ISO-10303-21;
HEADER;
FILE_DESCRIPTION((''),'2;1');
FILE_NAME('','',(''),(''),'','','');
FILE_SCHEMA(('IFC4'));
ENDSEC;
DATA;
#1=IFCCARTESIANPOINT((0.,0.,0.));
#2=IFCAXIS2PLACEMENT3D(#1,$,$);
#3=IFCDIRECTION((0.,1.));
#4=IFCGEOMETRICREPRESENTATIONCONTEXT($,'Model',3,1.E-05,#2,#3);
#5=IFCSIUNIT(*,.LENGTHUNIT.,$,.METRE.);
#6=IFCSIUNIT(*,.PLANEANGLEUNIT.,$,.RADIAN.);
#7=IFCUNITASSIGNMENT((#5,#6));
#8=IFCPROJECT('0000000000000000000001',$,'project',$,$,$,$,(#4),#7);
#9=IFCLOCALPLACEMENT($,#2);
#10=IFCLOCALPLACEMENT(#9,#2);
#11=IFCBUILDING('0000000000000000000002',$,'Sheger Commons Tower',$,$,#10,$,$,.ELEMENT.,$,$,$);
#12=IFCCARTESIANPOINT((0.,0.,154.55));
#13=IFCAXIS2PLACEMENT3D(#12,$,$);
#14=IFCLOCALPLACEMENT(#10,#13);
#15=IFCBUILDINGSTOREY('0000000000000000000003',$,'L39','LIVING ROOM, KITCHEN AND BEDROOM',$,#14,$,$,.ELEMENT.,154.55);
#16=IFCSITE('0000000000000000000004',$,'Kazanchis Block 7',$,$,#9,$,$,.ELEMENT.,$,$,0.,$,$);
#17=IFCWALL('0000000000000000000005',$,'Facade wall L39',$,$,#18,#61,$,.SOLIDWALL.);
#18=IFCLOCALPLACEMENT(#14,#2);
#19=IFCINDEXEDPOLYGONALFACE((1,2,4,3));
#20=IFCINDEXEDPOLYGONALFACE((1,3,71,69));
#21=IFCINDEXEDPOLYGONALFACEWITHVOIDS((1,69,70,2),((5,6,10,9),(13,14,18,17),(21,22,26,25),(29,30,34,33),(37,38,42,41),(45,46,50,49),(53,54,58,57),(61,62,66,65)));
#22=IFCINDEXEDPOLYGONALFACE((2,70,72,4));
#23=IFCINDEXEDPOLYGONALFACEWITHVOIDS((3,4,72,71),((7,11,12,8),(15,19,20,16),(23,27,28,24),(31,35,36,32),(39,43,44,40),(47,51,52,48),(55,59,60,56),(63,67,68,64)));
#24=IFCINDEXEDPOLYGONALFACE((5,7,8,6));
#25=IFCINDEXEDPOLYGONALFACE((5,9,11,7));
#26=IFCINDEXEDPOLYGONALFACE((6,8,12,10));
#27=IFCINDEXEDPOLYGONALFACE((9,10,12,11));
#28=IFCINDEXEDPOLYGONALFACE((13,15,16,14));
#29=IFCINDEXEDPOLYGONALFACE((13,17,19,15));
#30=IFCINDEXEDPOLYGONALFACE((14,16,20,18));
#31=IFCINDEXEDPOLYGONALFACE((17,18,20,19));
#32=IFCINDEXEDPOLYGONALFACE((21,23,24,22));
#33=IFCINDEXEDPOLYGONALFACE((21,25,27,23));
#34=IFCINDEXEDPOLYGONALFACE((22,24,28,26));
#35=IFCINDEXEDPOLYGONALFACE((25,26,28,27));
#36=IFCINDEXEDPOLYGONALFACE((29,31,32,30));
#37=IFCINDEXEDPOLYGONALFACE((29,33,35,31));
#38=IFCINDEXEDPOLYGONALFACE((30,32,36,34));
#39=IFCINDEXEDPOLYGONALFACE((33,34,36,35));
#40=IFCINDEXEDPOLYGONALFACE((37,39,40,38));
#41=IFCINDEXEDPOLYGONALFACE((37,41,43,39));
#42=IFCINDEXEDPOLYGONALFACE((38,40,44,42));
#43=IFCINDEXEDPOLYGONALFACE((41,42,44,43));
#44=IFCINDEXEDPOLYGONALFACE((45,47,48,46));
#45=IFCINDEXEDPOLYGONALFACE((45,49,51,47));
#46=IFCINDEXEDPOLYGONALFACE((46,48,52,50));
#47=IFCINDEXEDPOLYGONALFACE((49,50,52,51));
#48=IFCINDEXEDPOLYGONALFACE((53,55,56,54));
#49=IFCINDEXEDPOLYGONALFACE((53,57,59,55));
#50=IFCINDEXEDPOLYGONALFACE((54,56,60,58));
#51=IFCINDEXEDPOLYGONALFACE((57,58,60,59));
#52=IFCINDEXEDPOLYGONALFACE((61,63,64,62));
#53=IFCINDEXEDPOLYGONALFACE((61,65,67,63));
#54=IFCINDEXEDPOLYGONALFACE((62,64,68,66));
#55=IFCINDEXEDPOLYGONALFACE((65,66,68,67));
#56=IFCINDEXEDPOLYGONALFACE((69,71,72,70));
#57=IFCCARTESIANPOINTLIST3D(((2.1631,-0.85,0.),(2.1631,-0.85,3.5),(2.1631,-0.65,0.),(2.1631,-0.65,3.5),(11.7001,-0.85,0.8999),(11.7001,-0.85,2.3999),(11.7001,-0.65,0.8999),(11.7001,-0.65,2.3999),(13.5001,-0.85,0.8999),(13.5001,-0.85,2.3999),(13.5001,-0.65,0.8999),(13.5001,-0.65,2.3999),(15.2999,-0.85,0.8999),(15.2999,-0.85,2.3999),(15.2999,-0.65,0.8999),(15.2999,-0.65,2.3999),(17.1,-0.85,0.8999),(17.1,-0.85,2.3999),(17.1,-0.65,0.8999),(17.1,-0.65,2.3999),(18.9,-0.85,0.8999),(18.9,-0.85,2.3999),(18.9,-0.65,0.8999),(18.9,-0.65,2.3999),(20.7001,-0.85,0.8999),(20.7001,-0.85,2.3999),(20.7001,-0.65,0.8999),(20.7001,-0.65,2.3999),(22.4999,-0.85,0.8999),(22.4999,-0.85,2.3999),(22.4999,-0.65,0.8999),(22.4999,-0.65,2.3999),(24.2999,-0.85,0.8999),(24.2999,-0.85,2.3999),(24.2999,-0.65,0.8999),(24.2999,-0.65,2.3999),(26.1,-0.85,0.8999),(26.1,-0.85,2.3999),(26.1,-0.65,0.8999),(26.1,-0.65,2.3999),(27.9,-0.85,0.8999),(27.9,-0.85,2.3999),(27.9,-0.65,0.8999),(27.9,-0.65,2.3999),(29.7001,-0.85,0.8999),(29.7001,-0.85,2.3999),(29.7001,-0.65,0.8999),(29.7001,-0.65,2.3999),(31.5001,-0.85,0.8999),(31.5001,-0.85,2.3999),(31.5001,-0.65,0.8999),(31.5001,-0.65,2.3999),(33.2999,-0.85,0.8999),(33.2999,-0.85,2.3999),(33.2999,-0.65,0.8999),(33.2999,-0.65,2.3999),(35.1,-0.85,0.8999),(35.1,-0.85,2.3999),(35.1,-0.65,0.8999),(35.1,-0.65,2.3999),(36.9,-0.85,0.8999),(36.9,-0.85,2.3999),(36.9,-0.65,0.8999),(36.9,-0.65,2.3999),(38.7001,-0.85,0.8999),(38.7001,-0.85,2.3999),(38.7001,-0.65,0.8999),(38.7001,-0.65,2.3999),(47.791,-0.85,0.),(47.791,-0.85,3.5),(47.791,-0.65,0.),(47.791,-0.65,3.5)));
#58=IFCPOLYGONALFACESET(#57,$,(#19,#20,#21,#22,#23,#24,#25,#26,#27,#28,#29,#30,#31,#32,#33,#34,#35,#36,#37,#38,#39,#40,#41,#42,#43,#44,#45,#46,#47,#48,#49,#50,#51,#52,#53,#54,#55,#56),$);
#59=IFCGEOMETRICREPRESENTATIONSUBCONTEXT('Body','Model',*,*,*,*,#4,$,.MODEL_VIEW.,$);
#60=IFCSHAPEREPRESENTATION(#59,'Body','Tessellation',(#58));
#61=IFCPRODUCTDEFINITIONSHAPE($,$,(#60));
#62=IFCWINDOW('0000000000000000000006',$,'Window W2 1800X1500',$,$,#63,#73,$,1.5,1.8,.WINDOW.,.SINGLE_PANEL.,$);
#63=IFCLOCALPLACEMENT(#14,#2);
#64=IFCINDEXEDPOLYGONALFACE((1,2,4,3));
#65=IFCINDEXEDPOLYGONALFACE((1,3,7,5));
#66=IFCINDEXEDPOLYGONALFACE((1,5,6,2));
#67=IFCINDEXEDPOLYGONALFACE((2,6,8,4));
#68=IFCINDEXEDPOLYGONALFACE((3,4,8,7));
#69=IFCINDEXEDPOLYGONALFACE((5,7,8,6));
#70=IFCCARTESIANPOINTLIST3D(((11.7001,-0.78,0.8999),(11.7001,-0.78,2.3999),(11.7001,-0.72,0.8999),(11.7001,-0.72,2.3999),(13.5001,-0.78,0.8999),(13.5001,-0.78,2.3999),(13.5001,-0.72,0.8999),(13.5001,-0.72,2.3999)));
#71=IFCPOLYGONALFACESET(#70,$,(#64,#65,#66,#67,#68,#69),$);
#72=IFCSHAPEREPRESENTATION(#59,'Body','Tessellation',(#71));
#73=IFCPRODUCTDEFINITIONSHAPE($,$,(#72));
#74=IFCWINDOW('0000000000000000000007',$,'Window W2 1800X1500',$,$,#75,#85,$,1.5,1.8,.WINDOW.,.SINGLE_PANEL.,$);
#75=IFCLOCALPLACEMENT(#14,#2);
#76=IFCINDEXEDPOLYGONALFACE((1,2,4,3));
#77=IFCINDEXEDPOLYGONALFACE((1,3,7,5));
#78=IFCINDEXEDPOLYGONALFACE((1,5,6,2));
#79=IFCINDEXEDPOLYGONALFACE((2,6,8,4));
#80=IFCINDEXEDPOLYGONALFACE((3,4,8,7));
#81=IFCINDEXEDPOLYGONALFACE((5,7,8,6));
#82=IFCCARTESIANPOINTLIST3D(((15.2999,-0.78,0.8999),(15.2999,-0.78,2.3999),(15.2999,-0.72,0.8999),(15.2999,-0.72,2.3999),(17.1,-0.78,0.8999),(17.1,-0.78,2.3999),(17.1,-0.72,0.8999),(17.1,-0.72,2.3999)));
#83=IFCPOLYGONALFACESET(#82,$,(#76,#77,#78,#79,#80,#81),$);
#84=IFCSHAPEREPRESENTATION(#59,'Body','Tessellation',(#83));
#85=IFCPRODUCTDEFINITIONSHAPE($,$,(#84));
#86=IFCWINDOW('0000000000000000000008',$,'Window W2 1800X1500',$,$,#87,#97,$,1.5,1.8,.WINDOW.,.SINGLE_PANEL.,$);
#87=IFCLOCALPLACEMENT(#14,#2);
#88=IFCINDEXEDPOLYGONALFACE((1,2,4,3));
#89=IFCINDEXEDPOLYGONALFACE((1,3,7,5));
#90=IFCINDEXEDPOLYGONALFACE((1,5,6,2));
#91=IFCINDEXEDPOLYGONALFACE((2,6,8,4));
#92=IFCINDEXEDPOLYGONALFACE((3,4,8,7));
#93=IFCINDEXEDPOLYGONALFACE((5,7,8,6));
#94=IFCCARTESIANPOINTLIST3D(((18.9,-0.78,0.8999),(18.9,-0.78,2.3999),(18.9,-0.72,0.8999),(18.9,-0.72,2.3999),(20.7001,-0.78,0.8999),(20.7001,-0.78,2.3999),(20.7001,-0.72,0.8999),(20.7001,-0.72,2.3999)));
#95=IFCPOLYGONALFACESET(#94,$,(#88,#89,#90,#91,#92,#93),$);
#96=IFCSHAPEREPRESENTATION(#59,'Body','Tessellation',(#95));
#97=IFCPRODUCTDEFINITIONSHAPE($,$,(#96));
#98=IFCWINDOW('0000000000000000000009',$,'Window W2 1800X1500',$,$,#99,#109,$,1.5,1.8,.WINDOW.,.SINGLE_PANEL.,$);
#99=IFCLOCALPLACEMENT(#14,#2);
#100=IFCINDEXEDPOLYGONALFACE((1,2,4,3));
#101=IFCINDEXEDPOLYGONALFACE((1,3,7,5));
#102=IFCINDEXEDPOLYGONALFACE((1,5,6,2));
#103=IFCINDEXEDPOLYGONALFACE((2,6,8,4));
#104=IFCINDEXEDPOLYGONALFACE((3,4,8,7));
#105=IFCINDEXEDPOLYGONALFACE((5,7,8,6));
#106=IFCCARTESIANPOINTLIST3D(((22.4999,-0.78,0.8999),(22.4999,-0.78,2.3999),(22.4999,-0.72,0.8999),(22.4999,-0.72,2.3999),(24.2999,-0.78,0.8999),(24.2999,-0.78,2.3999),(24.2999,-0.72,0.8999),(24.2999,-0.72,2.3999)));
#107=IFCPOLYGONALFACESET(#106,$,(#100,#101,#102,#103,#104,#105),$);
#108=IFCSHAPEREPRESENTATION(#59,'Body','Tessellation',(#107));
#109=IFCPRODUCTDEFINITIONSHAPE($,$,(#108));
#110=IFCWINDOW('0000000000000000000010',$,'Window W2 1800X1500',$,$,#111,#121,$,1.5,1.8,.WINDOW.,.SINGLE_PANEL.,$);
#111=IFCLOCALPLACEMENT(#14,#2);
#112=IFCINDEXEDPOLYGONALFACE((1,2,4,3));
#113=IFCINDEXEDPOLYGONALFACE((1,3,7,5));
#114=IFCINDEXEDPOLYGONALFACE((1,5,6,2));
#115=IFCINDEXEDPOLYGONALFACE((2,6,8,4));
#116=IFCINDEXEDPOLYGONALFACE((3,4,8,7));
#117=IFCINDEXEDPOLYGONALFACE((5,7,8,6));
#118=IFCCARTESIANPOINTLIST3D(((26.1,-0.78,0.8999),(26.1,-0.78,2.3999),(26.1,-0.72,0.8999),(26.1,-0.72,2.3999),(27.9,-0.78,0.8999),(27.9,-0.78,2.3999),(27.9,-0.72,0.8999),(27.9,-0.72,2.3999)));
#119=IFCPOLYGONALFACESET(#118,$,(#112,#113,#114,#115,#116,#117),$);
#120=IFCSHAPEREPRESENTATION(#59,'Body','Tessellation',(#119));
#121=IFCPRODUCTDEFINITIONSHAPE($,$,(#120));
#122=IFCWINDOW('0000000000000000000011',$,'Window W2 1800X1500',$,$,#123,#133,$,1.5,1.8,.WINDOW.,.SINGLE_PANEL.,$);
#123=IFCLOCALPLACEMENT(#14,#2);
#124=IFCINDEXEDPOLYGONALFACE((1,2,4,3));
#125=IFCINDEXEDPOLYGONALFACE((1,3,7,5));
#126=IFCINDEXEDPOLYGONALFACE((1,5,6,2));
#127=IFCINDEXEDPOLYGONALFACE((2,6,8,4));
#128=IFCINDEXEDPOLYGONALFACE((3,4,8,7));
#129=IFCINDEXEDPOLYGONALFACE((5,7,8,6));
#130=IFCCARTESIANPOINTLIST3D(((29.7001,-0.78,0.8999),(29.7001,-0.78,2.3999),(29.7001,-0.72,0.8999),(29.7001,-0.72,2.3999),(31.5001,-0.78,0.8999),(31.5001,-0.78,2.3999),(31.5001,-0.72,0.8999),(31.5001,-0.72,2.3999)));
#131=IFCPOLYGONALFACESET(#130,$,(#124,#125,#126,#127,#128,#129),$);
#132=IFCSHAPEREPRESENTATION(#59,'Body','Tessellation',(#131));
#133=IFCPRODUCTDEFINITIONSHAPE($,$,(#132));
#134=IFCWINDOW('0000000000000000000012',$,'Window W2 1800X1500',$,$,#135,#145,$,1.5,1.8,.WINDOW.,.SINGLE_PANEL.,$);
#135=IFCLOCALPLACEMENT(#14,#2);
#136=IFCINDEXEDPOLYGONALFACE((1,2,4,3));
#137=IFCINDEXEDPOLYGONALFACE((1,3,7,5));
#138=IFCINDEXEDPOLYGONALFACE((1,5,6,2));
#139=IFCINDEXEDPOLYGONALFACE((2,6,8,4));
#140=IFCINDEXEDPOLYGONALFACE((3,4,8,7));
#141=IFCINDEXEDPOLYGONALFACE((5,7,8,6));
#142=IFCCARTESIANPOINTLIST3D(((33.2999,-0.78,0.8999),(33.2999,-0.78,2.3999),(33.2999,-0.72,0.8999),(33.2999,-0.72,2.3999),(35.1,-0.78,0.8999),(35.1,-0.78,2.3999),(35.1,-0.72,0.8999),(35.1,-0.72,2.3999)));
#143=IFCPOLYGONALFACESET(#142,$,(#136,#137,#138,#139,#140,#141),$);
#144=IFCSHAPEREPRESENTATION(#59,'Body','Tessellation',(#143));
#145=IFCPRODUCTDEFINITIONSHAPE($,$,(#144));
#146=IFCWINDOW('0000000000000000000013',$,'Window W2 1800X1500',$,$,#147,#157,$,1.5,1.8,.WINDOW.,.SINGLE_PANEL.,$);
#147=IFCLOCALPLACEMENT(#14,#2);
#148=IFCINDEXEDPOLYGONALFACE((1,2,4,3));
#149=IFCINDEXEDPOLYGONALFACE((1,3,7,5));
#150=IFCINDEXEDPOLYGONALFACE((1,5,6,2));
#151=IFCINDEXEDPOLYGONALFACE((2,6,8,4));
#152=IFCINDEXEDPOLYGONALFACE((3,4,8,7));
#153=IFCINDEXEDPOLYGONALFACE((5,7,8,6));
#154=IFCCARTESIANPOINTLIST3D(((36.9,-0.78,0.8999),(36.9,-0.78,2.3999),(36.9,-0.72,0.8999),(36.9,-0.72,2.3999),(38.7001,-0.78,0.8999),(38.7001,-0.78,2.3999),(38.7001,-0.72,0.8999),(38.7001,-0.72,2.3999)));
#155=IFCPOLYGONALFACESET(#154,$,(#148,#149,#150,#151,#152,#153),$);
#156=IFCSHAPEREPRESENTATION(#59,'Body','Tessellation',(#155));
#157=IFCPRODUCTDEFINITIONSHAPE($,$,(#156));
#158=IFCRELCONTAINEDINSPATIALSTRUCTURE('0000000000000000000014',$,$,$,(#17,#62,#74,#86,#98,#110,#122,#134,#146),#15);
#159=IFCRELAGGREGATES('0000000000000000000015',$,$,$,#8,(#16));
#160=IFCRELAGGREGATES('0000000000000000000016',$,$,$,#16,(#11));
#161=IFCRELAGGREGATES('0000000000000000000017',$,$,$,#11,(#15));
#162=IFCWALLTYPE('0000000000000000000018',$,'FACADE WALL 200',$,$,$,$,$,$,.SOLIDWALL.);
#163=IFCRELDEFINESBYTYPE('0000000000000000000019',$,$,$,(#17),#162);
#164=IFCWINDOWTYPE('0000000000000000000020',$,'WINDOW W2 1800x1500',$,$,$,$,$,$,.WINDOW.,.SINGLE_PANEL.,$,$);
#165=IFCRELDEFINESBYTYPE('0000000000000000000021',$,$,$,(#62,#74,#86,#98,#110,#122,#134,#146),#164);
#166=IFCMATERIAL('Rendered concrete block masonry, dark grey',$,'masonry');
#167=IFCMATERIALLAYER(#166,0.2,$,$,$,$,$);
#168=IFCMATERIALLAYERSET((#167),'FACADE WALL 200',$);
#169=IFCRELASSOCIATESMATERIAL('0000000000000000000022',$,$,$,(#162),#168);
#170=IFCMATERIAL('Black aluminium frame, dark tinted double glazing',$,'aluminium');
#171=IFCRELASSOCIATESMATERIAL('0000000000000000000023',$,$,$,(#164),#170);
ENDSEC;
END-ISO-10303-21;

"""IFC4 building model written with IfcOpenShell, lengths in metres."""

from ifc_helpers import new_model, si_unit, direction, frame, frame_2d, origin, place, context, subcontext, project, spatial, rectangle, extrude, material, layer, layer_set, type_object, element, fill, save


model = new_model("IFC4")

# Units and contexts
model_context = context("Model", 3, precision=1e-05, world=origin(), true_north=direction((0.0, 1.0)))
body_context = subcontext(model_context, "Body", "Model", "MODEL_VIEW")
ifc_project = project(units=[si_unit("LENGTHUNIT", "METRE"), si_unit("PLANEANGLEUNIT", "RADIAN")], contexts=[model_context])

# Site, building, storey
site_placement = place(None, origin())
site = spatial("IfcSite", under=ifc_project, at=site_placement, Name="Kazanchis Block 7", CompositionType="ELEMENT", RefElevation=0.0)
building_placement = place(site_placement, origin())
building = spatial("IfcBuilding", under=site, at=building_placement, Name="Sheger Commons Tower", CompositionType="ELEMENT")
storey_placement = place(building_placement, frame((0.0, 0.0, 154.55)))
storey = spatial("IfcBuildingStorey", under=building, at=storey_placement, Name="L39", Description="LIVING ROOM, KITCHEN AND BEDROOM", CompositionType="ELEMENT", Elevation=154.55)

# Wall, openings, windows
ifc_material_1 = material(Name="Rendered concrete block masonry, dark grey", Category="masonry")
ifc_layer_1 = layer(ifc_material_1, 0.2)
ifc_layer_set_1 = layer_set([ifc_layer_1], Name="FACADE WALL 200")
wall_type_1 = type_object("IfcWallType", Name="FACADE WALL 200", PredefinedType="SOLIDWALL", material=ifc_layer_set_1)
wall_1_placement = place(storey_placement, frame((2.1631, -0.75, 0.0), z_axis=(0.0, 0.0, 1.0), x_axis=(1.0, 0.0, 0.0)))
wall_1 = element("IfcWall", 1, at=wall_1_placement, inside=storey, type_object=wall_type_1, Name="Facade wall L39", PredefinedType="SOLIDWALL", context=body_context, shape_type="SweptSolid", body=[
    extrude(rectangle(XDim=45.6279, YDim=0.2, at=frame_2d((22.814, 0.0))), origin(), (0.0, 0.0, 1.0), 3.5),
])
opening_1_placement = place(wall_1_placement, frame((9.5371, 0.0, 0.8999)))
opening_1 = element("IfcOpeningElement", 2, at=opening_1_placement, cuts=wall_1, PredefinedType="OPENING", context=body_context, shape_type="SweptSolid", body=[
    extrude(rectangle(XDim=1.8, YDim=1.5, at=frame_2d((0.8999, 0.75))), frame((0.0, 0.1099, 0.0), z_axis=(0.0, -1.0, 0.0), x_axis=(1.0, 0.0, 0.0)), (0.0, 0.0, 1.0), 0.22),
])
opening_2_placement = place(wall_1_placement, frame((13.137, 0.0, 0.8999)))
opening_2 = element("IfcOpeningElement", 3, at=opening_2_placement, cuts=wall_1, PredefinedType="OPENING", context=body_context, shape_type="SweptSolid", body=[
    extrude(rectangle(XDim=1.8, YDim=1.5, at=frame_2d((0.8999, 0.75))), frame((0.0, 0.1099, 0.0), z_axis=(0.0, -1.0, 0.0), x_axis=(1.0, 0.0, 0.0)), (0.0, 0.0, 1.0), 0.22),
])
opening_3_placement = place(wall_1_placement, frame((16.7371, 0.0, 0.8999)))
opening_3 = element("IfcOpeningElement", 4, at=opening_3_placement, cuts=wall_1, PredefinedType="OPENING", context=body_context, shape_type="SweptSolid", body=[
    extrude(rectangle(XDim=1.8, YDim=1.5, at=frame_2d((0.8999, 0.75))), frame((0.0, 0.1099, 0.0), z_axis=(0.0, -1.0, 0.0), x_axis=(1.0, 0.0, 0.0)), (0.0, 0.0, 1.0), 0.22),
])
opening_4_placement = place(wall_1_placement, frame((20.3369, 0.0, 0.8999)))
opening_4 = element("IfcOpeningElement", 5, at=opening_4_placement, cuts=wall_1, PredefinedType="OPENING", context=body_context, shape_type="SweptSolid", body=[
    extrude(rectangle(XDim=1.8, YDim=1.5, at=frame_2d((0.8999, 0.75))), frame((0.0, 0.1099, 0.0), z_axis=(0.0, -1.0, 0.0), x_axis=(1.0, 0.0, 0.0)), (0.0, 0.0, 1.0), 0.22),
])
opening_5_placement = place(wall_1_placement, frame((23.937, 0.0, 0.8999)))
opening_5 = element("IfcOpeningElement", 6, at=opening_5_placement, cuts=wall_1, PredefinedType="OPENING", context=body_context, shape_type="SweptSolid", body=[
    extrude(rectangle(XDim=1.8, YDim=1.5, at=frame_2d((0.8999, 0.75))), frame((0.0, 0.1099, 0.0), z_axis=(0.0, -1.0, 0.0), x_axis=(1.0, 0.0, 0.0)), (0.0, 0.0, 1.0), 0.22),
])
opening_6_placement = place(wall_1_placement, frame((27.5371, 0.0, 0.8999)))
opening_6 = element("IfcOpeningElement", 7, at=opening_6_placement, cuts=wall_1, PredefinedType="OPENING", context=body_context, shape_type="SweptSolid", body=[
    extrude(rectangle(XDim=1.8, YDim=1.5, at=frame_2d((0.8999, 0.75))), frame((0.0, 0.1099, 0.0), z_axis=(0.0, -1.0, 0.0), x_axis=(1.0, 0.0, 0.0)), (0.0, 0.0, 1.0), 0.22),
])
opening_7_placement = place(wall_1_placement, frame((31.137, 0.0, 0.8999)))
opening_7 = element("IfcOpeningElement", 8, at=opening_7_placement, cuts=wall_1, PredefinedType="OPENING", context=body_context, shape_type="SweptSolid", body=[
    extrude(rectangle(XDim=1.8, YDim=1.5, at=frame_2d((0.8999, 0.75))), frame((0.0, 0.1099, 0.0), z_axis=(0.0, -1.0, 0.0), x_axis=(1.0, 0.0, 0.0)), (0.0, 0.0, 1.0), 0.22),
])
opening_8_placement = place(wall_1_placement, frame((34.7371, 0.0, 0.8999)))
opening_8 = element("IfcOpeningElement", 9, at=opening_8_placement, cuts=wall_1, PredefinedType="OPENING", context=body_context, shape_type="SweptSolid", body=[
    extrude(rectangle(XDim=1.8, YDim=1.5, at=frame_2d((0.8999, 0.75))), frame((0.0, 0.1099, 0.0), z_axis=(0.0, -1.0, 0.0), x_axis=(1.0, 0.0, 0.0)), (0.0, 0.0, 1.0), 0.22),
])
ifc_material_2 = material(Name="Black aluminium frame, dark tinted double glazing", Category="aluminium")
window_type = type_object("IfcWindowType", Name="WINDOW W2 1800x1500", PartitioningType="SINGLE_PANEL", PredefinedType="WINDOW", material=ifc_material_2)
window_1_placement = place(opening_1_placement, origin())
window_1 = element("IfcWindow", 10, at=window_1_placement, inside=storey, type_object=window_type, Name="Window W2 1800X1500", OverallHeight=1.5, OverallWidth=1.8, PartitioningType="SINGLE_PANEL", PredefinedType="WINDOW", context=body_context, shape_type="SweptSolid", body=[
    extrude(rectangle(XDim=1.8, YDim=1.5, at=frame_2d((0.8999, 0.75))), frame((0.0, 0.03, 0.0), z_axis=(0.0, -1.0, 0.0), x_axis=(1.0, 0.0, 0.0)), (0.0, 0.0, 1.0), 0.0601),
])
fill(opening_1, window_1)
window_2_placement = place(opening_2_placement, origin())
window_2 = element("IfcWindow", 11, at=window_2_placement, inside=storey, type_object=window_type, Name="Window W2 1800X1500", OverallHeight=1.5, OverallWidth=1.8, PartitioningType="SINGLE_PANEL", PredefinedType="WINDOW", context=body_context, shape_type="SweptSolid", body=[
    extrude(rectangle(XDim=1.8, YDim=1.5, at=frame_2d((0.8999, 0.75))), frame((0.0, 0.03, 0.0), z_axis=(0.0, -1.0, 0.0), x_axis=(1.0, 0.0, 0.0)), (0.0, 0.0, 1.0), 0.0601),
])
fill(opening_2, window_2)
window_3_placement = place(opening_3_placement, origin())
window_3 = element("IfcWindow", 12, at=window_3_placement, inside=storey, type_object=window_type, Name="Window W2 1800X1500", OverallHeight=1.5, OverallWidth=1.8, PartitioningType="SINGLE_PANEL", PredefinedType="WINDOW", context=body_context, shape_type="SweptSolid", body=[
    extrude(rectangle(XDim=1.8, YDim=1.5, at=frame_2d((0.8999, 0.75))), frame((0.0, 0.03, 0.0), z_axis=(0.0, -1.0, 0.0), x_axis=(1.0, 0.0, 0.0)), (0.0, 0.0, 1.0), 0.0601),
])
fill(opening_3, window_3)
window_4_placement = place(opening_4_placement, origin())
window_4 = element("IfcWindow", 13, at=window_4_placement, inside=storey, type_object=window_type, Name="Window W2 1800X1500", OverallHeight=1.5, OverallWidth=1.8, PartitioningType="SINGLE_PANEL", PredefinedType="WINDOW", context=body_context, shape_type="SweptSolid", body=[
    extrude(rectangle(XDim=1.8, YDim=1.5, at=frame_2d((0.8999, 0.75))), frame((0.0, 0.03, 0.0), z_axis=(0.0, -1.0, 0.0), x_axis=(1.0, 0.0, 0.0)), (0.0, 0.0, 1.0), 0.0601),
])
fill(opening_4, window_4)
window_5_placement = place(opening_5_placement, origin())
window_5 = element("IfcWindow", 14, at=window_5_placement, inside=storey, type_object=window_type, Name="Window W2 1800X1500", OverallHeight=1.5, OverallWidth=1.8, PartitioningType="SINGLE_PANEL", PredefinedType="WINDOW", context=body_context, shape_type="SweptSolid", body=[
    extrude(rectangle(XDim=1.8, YDim=1.5, at=frame_2d((0.8999, 0.75))), frame((0.0, 0.03, 0.0), z_axis=(0.0, -1.0, 0.0), x_axis=(1.0, 0.0, 0.0)), (0.0, 0.0, 1.0), 0.0601),
])
fill(opening_5, window_5)
window_6_placement = place(opening_6_placement, origin())
window_6 = element("IfcWindow", 15, at=window_6_placement, inside=storey, type_object=window_type, Name="Window W2 1800X1500", OverallHeight=1.5, OverallWidth=1.8, PartitioningType="SINGLE_PANEL", PredefinedType="WINDOW", context=body_context, shape_type="SweptSolid", body=[
    extrude(rectangle(XDim=1.8, YDim=1.5, at=frame_2d((0.8999, 0.75))), frame((0.0, 0.03, 0.0), z_axis=(0.0, -1.0, 0.0), x_axis=(1.0, 0.0, 0.0)), (0.0, 0.0, 1.0), 0.0601),
])
fill(opening_6, window_6)
window_7_placement = place(opening_7_placement, origin())
window_7 = element("IfcWindow", 16, at=window_7_placement, inside=storey, type_object=window_type, Name="Window W2 1800X1500", OverallHeight=1.5, OverallWidth=1.8, PartitioningType="SINGLE_PANEL", PredefinedType="WINDOW", context=body_context, shape_type="SweptSolid", body=[
    extrude(rectangle(XDim=1.8, YDim=1.5, at=frame_2d((0.8999, 0.75))), frame((0.0, 0.03, 0.0), z_axis=(0.0, -1.0, 0.0), x_axis=(1.0, 0.0, 0.0)), (0.0, 0.0, 1.0), 0.0601),
])
fill(opening_7, window_7)
window_8_placement = place(opening_8_placement, origin())
window_8 = element("IfcWindow", 17, at=window_8_placement, inside=storey, type_object=window_type, Name="Window W2 1800X1500", OverallHeight=1.5, OverallWidth=1.8, PartitioningType="SINGLE_PANEL", PredefinedType="WINDOW", context=body_context, shape_type="SweptSolid", body=[
    extrude(rectangle(XDim=1.8, YDim=1.5, at=frame_2d((0.8999, 0.75))), frame((0.0, 0.03, 0.0), z_axis=(0.0, -1.0, 0.0), x_axis=(1.0, 0.0, 0.0)), (0.0, 0.0, 1.0), 0.0601),
])
fill(opening_8, window_8)

save(model, "model.ifc")
